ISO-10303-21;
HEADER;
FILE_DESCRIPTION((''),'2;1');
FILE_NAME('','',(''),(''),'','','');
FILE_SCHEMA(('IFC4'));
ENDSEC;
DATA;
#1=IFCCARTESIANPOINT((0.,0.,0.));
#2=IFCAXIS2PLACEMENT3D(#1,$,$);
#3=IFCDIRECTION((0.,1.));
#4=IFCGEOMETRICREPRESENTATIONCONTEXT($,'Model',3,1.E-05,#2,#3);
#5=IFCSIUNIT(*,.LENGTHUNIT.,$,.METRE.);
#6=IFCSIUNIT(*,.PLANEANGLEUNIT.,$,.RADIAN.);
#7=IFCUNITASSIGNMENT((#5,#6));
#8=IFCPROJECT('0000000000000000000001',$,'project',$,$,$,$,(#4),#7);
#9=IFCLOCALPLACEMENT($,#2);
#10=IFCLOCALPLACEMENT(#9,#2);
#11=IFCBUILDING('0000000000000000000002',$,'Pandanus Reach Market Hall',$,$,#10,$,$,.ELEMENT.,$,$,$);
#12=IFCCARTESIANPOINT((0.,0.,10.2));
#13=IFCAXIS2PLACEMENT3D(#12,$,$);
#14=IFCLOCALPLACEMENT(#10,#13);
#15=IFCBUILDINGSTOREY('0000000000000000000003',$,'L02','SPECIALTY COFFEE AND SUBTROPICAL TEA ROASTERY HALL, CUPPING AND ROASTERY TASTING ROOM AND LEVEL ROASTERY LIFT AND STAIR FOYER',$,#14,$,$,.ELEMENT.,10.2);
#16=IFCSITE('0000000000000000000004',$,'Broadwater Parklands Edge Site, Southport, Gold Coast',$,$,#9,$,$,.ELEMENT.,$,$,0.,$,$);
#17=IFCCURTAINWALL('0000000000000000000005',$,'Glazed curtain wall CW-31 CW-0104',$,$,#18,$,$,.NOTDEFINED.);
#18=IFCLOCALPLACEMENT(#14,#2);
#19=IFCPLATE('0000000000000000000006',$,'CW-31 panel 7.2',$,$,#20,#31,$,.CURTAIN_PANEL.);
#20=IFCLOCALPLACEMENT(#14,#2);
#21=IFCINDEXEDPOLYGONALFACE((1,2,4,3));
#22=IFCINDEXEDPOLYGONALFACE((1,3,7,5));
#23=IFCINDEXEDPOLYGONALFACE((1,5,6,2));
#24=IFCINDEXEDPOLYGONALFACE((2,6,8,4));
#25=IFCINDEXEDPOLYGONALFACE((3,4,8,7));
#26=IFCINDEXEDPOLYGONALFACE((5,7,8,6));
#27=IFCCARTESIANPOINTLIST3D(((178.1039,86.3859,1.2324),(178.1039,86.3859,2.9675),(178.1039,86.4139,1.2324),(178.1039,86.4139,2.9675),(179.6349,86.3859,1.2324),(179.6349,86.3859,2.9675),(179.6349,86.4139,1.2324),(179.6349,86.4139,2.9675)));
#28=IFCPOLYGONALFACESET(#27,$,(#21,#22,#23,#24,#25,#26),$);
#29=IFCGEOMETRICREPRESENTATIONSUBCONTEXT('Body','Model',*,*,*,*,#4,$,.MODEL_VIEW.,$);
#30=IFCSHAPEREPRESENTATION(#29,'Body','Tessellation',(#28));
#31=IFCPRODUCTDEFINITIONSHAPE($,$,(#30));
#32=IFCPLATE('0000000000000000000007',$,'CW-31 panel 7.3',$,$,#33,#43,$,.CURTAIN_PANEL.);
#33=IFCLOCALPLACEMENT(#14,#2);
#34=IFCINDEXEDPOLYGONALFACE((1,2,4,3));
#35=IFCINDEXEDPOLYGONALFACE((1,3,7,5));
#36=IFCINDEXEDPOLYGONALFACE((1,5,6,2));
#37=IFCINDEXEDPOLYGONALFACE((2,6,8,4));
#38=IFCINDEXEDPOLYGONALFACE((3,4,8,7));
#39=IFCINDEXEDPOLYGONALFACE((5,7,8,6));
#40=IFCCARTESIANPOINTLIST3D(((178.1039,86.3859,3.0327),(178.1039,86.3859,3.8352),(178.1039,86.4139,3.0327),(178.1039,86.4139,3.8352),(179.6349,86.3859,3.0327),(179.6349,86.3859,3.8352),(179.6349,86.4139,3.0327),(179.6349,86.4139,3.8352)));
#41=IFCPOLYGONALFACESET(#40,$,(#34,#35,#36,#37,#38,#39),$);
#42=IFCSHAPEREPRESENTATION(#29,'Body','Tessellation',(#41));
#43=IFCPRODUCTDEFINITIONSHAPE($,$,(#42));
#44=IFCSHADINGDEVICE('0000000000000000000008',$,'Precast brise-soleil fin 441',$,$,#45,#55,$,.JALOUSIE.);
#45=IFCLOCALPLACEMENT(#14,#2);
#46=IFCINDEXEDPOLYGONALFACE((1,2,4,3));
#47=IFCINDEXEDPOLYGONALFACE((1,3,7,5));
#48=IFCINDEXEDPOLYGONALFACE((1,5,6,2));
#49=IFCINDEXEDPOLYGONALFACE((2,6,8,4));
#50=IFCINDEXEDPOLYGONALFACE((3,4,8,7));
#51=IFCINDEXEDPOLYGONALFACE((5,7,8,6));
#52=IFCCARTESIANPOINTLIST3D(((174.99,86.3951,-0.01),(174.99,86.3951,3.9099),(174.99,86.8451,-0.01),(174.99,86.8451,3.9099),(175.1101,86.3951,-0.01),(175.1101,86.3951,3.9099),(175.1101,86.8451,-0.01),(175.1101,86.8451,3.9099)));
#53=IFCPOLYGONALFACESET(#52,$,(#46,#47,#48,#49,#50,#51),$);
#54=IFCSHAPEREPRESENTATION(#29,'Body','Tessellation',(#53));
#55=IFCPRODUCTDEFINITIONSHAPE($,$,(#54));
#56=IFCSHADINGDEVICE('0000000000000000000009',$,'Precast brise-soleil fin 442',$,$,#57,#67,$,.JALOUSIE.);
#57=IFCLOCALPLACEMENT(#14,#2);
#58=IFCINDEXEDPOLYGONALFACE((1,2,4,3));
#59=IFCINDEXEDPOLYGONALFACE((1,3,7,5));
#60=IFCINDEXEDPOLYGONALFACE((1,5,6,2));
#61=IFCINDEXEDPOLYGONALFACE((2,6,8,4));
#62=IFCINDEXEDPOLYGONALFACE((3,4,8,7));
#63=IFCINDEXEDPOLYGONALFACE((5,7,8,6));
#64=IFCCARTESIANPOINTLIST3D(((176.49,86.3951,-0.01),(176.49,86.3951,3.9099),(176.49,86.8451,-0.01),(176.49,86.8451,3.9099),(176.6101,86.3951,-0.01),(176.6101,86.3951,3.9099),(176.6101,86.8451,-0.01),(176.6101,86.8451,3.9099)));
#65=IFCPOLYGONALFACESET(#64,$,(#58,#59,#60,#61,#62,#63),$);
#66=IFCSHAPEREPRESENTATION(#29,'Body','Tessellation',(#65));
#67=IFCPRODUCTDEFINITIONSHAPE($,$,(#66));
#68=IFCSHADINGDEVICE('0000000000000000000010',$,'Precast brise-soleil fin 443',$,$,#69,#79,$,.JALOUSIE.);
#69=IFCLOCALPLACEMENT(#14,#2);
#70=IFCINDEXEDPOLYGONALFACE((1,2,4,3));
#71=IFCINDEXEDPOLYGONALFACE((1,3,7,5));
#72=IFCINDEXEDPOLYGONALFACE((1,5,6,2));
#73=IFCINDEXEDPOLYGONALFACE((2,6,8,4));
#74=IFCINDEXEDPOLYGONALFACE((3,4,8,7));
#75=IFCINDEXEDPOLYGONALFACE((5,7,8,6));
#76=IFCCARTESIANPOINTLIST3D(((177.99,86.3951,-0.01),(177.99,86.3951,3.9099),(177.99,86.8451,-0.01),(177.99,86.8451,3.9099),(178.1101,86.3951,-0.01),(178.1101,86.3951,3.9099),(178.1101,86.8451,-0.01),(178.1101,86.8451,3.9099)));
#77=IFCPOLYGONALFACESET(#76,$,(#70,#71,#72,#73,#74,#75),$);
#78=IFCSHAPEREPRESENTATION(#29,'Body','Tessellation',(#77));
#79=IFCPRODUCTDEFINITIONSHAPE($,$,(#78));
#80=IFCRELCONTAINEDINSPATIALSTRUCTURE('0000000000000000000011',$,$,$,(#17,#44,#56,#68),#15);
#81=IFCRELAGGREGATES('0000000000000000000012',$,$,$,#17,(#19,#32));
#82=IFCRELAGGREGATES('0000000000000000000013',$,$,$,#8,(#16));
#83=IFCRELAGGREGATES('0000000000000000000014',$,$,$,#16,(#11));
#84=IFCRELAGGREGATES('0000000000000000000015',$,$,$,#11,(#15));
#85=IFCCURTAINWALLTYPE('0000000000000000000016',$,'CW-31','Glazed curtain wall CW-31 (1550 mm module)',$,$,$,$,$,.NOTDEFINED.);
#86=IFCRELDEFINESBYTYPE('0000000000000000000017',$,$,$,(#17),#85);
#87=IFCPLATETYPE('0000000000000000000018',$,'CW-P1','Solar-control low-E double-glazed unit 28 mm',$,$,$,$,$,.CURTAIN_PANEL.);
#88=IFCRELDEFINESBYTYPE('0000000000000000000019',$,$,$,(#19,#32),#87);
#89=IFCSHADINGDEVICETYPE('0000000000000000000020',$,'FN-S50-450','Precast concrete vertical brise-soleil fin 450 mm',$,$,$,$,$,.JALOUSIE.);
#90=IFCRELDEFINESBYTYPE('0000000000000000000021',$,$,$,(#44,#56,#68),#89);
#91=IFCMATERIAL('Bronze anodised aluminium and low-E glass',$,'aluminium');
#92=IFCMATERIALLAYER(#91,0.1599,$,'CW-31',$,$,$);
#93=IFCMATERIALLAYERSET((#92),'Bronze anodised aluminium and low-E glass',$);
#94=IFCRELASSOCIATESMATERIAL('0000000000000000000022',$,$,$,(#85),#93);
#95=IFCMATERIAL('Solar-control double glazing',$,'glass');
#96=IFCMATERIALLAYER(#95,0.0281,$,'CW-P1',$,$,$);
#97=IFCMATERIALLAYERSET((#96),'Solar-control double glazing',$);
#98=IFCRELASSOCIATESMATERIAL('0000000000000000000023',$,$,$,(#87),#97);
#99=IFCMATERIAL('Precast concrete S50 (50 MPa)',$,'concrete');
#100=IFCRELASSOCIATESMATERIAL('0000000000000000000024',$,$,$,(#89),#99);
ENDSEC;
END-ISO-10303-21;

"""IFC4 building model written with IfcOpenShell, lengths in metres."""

from ifc_helpers import new_model, si_unit, direction, frame, origin, origin_2d, place, context, subcontext, project, spatial, rectangle, extrude, material, layer, layer_set, type_object, element, aggregate, save


model = new_model("IFC4")

# Units and contexts
model_context = context("Model", 3, precision=1e-05, world=origin(), true_north=direction((0.0, 1.0)))
body_context = subcontext(model_context, "Body", "Model", "MODEL_VIEW")
ifc_project = project(units=[si_unit("LENGTHUNIT", "METRE"), si_unit("PLANEANGLEUNIT", "RADIAN")], contexts=[model_context])

# Site, building, storey
site_placement = place(None, origin())
site = spatial("IfcSite", under=ifc_project, at=site_placement, Name="Broadwater Parklands Edge Site, Southport, Gold Coast", CompositionType="ELEMENT", RefElevation=0.0)
building_placement = place(site_placement, origin())
building = spatial("IfcBuilding", under=site, at=building_placement, Name="Pandanus Reach Market Hall", CompositionType="ELEMENT")
storey_placement = place(building_placement, frame((0.0, 0.0, 10.2)))
storey = spatial("IfcBuildingStorey", under=building, at=storey_placement, Name="L02", Description="SPECIALTY COFFEE AND SUBTROPICAL TEA ROASTERY HALL, CUPPING AND ROASTERY TASTING ROOM AND LEVEL ROASTERY LIFT AND STAIR FOYER", CompositionType="ELEMENT", Elevation=10.2)

# Curtain wall
ifc_material_1 = material(Name="Bronze anodised aluminium and low-E glass", Category="aluminium")
ifc_layer_1 = layer(ifc_material_1, 0.1599, Name="CW-31")
ifc_layer_set_1 = layer_set([ifc_layer_1], Name="Bronze anodised aluminium and low-E glass")
curtain_wall_type_1 = type_object("IfcCurtainWallType", Name="CW-31", Description="Glazed curtain wall CW-31 (1550 mm module)", PredefinedType="NOTDEFINED", material=ifc_layer_set_1)
curtain_wall_1_placement = place(storey_placement, origin())
curtain_wall_1 = element("IfcCurtainWall", 1, at=curtain_wall_1_placement, inside=storey, type_object=curtain_wall_type_1, Name="Glazed curtain wall CW-31 CW-0104", PredefinedType="NOTDEFINED")

# Plates
ifc_material_2 = material(Name="Solar-control double glazing", Category="glass")
ifc_layer_2 = layer(ifc_material_2, 0.0281, Name="CW-P1")
ifc_layer_set_2 = layer_set([ifc_layer_2], Name="Solar-control double glazing")
plate_type = type_object("IfcPlateType", Name="CW-P1", Description="Solar-control low-E double-glazed unit 28 mm", PredefinedType="CURTAIN_PANEL", material=ifc_layer_set_2)
plate_1_placement = place(storey_placement, frame((178.8694, 86.3999, 1.2324), z_axis=(0.0, 0.0, 1.0), x_axis=(1.0, 0.0, 0.0)))
plate_1 = element("IfcPlate", 2, at=plate_1_placement, type_object=plate_type, Name="CW-31 panel 7.2", PredefinedType="CURTAIN_PANEL", context=body_context, shape_type="SweptSolid", body=[
    extrude(rectangle(XDim=1.531, YDim=0.0281, at=origin_2d()), origin(), (0.0, 0.0, 1.0), 1.7351),
])
plate_2_placement = place(storey_placement, frame((178.8694, 86.3999, 3.0327), z_axis=(0.0, 0.0, 1.0), x_axis=(1.0, 0.0, 0.0)))
plate_2 = element("IfcPlate", 3, at=plate_2_placement, type_object=plate_type, Name="CW-31 panel 7.3", PredefinedType="CURTAIN_PANEL", context=body_context, shape_type="SweptSolid", body=[
    extrude(rectangle(XDim=1.531, YDim=0.0281, at=origin_2d()), origin(), (0.0, 0.0, 1.0), 0.8025),
])
aggregate(curtain_wall_1, [plate_1, plate_2])

# Shading devices
ifc_material_3 = material(Name="Precast concrete S50 (50 MPa)", Category="concrete")
shading_device_type = type_object("IfcShadingDeviceType", Name="FN-S50-450", Description="Precast concrete vertical brise-soleil fin 450 mm", PredefinedType="JALOUSIE", material=ifc_material_3)
for number, where, z_axis, x_axis, name in (
    (4, (175.05, 86.6201, -0.01), (0.0, 0.0, 1.0), (0.0, 1.0, 0.0), "Precast brise-soleil fin 441"),
    (5, (176.55, 86.6201, -0.01), (0.0, 0.0, 1.0), (0.0, 1.0, 0.0), "Precast brise-soleil fin 442"),
    (6, (178.05, 86.6201, -0.01), (0.0, 0.0, 1.0), (0.0, 1.0, 0.0), "Precast brise-soleil fin 443"),
):
    element("IfcShadingDevice", number, at=place(storey_placement, frame(where, z_axis=z_axis, x_axis=x_axis)), inside=storey, type_object=shading_device_type, Name=name, PredefinedType="JALOUSIE", context=body_context, shape_type="SweptSolid", body=[
        extrude(rectangle(XDim=0.45, YDim=0.1201, at=origin_2d()), origin(), (0.0, 0.0, 1.0), 3.9199),
    ])

save(model, "model.ifc")
